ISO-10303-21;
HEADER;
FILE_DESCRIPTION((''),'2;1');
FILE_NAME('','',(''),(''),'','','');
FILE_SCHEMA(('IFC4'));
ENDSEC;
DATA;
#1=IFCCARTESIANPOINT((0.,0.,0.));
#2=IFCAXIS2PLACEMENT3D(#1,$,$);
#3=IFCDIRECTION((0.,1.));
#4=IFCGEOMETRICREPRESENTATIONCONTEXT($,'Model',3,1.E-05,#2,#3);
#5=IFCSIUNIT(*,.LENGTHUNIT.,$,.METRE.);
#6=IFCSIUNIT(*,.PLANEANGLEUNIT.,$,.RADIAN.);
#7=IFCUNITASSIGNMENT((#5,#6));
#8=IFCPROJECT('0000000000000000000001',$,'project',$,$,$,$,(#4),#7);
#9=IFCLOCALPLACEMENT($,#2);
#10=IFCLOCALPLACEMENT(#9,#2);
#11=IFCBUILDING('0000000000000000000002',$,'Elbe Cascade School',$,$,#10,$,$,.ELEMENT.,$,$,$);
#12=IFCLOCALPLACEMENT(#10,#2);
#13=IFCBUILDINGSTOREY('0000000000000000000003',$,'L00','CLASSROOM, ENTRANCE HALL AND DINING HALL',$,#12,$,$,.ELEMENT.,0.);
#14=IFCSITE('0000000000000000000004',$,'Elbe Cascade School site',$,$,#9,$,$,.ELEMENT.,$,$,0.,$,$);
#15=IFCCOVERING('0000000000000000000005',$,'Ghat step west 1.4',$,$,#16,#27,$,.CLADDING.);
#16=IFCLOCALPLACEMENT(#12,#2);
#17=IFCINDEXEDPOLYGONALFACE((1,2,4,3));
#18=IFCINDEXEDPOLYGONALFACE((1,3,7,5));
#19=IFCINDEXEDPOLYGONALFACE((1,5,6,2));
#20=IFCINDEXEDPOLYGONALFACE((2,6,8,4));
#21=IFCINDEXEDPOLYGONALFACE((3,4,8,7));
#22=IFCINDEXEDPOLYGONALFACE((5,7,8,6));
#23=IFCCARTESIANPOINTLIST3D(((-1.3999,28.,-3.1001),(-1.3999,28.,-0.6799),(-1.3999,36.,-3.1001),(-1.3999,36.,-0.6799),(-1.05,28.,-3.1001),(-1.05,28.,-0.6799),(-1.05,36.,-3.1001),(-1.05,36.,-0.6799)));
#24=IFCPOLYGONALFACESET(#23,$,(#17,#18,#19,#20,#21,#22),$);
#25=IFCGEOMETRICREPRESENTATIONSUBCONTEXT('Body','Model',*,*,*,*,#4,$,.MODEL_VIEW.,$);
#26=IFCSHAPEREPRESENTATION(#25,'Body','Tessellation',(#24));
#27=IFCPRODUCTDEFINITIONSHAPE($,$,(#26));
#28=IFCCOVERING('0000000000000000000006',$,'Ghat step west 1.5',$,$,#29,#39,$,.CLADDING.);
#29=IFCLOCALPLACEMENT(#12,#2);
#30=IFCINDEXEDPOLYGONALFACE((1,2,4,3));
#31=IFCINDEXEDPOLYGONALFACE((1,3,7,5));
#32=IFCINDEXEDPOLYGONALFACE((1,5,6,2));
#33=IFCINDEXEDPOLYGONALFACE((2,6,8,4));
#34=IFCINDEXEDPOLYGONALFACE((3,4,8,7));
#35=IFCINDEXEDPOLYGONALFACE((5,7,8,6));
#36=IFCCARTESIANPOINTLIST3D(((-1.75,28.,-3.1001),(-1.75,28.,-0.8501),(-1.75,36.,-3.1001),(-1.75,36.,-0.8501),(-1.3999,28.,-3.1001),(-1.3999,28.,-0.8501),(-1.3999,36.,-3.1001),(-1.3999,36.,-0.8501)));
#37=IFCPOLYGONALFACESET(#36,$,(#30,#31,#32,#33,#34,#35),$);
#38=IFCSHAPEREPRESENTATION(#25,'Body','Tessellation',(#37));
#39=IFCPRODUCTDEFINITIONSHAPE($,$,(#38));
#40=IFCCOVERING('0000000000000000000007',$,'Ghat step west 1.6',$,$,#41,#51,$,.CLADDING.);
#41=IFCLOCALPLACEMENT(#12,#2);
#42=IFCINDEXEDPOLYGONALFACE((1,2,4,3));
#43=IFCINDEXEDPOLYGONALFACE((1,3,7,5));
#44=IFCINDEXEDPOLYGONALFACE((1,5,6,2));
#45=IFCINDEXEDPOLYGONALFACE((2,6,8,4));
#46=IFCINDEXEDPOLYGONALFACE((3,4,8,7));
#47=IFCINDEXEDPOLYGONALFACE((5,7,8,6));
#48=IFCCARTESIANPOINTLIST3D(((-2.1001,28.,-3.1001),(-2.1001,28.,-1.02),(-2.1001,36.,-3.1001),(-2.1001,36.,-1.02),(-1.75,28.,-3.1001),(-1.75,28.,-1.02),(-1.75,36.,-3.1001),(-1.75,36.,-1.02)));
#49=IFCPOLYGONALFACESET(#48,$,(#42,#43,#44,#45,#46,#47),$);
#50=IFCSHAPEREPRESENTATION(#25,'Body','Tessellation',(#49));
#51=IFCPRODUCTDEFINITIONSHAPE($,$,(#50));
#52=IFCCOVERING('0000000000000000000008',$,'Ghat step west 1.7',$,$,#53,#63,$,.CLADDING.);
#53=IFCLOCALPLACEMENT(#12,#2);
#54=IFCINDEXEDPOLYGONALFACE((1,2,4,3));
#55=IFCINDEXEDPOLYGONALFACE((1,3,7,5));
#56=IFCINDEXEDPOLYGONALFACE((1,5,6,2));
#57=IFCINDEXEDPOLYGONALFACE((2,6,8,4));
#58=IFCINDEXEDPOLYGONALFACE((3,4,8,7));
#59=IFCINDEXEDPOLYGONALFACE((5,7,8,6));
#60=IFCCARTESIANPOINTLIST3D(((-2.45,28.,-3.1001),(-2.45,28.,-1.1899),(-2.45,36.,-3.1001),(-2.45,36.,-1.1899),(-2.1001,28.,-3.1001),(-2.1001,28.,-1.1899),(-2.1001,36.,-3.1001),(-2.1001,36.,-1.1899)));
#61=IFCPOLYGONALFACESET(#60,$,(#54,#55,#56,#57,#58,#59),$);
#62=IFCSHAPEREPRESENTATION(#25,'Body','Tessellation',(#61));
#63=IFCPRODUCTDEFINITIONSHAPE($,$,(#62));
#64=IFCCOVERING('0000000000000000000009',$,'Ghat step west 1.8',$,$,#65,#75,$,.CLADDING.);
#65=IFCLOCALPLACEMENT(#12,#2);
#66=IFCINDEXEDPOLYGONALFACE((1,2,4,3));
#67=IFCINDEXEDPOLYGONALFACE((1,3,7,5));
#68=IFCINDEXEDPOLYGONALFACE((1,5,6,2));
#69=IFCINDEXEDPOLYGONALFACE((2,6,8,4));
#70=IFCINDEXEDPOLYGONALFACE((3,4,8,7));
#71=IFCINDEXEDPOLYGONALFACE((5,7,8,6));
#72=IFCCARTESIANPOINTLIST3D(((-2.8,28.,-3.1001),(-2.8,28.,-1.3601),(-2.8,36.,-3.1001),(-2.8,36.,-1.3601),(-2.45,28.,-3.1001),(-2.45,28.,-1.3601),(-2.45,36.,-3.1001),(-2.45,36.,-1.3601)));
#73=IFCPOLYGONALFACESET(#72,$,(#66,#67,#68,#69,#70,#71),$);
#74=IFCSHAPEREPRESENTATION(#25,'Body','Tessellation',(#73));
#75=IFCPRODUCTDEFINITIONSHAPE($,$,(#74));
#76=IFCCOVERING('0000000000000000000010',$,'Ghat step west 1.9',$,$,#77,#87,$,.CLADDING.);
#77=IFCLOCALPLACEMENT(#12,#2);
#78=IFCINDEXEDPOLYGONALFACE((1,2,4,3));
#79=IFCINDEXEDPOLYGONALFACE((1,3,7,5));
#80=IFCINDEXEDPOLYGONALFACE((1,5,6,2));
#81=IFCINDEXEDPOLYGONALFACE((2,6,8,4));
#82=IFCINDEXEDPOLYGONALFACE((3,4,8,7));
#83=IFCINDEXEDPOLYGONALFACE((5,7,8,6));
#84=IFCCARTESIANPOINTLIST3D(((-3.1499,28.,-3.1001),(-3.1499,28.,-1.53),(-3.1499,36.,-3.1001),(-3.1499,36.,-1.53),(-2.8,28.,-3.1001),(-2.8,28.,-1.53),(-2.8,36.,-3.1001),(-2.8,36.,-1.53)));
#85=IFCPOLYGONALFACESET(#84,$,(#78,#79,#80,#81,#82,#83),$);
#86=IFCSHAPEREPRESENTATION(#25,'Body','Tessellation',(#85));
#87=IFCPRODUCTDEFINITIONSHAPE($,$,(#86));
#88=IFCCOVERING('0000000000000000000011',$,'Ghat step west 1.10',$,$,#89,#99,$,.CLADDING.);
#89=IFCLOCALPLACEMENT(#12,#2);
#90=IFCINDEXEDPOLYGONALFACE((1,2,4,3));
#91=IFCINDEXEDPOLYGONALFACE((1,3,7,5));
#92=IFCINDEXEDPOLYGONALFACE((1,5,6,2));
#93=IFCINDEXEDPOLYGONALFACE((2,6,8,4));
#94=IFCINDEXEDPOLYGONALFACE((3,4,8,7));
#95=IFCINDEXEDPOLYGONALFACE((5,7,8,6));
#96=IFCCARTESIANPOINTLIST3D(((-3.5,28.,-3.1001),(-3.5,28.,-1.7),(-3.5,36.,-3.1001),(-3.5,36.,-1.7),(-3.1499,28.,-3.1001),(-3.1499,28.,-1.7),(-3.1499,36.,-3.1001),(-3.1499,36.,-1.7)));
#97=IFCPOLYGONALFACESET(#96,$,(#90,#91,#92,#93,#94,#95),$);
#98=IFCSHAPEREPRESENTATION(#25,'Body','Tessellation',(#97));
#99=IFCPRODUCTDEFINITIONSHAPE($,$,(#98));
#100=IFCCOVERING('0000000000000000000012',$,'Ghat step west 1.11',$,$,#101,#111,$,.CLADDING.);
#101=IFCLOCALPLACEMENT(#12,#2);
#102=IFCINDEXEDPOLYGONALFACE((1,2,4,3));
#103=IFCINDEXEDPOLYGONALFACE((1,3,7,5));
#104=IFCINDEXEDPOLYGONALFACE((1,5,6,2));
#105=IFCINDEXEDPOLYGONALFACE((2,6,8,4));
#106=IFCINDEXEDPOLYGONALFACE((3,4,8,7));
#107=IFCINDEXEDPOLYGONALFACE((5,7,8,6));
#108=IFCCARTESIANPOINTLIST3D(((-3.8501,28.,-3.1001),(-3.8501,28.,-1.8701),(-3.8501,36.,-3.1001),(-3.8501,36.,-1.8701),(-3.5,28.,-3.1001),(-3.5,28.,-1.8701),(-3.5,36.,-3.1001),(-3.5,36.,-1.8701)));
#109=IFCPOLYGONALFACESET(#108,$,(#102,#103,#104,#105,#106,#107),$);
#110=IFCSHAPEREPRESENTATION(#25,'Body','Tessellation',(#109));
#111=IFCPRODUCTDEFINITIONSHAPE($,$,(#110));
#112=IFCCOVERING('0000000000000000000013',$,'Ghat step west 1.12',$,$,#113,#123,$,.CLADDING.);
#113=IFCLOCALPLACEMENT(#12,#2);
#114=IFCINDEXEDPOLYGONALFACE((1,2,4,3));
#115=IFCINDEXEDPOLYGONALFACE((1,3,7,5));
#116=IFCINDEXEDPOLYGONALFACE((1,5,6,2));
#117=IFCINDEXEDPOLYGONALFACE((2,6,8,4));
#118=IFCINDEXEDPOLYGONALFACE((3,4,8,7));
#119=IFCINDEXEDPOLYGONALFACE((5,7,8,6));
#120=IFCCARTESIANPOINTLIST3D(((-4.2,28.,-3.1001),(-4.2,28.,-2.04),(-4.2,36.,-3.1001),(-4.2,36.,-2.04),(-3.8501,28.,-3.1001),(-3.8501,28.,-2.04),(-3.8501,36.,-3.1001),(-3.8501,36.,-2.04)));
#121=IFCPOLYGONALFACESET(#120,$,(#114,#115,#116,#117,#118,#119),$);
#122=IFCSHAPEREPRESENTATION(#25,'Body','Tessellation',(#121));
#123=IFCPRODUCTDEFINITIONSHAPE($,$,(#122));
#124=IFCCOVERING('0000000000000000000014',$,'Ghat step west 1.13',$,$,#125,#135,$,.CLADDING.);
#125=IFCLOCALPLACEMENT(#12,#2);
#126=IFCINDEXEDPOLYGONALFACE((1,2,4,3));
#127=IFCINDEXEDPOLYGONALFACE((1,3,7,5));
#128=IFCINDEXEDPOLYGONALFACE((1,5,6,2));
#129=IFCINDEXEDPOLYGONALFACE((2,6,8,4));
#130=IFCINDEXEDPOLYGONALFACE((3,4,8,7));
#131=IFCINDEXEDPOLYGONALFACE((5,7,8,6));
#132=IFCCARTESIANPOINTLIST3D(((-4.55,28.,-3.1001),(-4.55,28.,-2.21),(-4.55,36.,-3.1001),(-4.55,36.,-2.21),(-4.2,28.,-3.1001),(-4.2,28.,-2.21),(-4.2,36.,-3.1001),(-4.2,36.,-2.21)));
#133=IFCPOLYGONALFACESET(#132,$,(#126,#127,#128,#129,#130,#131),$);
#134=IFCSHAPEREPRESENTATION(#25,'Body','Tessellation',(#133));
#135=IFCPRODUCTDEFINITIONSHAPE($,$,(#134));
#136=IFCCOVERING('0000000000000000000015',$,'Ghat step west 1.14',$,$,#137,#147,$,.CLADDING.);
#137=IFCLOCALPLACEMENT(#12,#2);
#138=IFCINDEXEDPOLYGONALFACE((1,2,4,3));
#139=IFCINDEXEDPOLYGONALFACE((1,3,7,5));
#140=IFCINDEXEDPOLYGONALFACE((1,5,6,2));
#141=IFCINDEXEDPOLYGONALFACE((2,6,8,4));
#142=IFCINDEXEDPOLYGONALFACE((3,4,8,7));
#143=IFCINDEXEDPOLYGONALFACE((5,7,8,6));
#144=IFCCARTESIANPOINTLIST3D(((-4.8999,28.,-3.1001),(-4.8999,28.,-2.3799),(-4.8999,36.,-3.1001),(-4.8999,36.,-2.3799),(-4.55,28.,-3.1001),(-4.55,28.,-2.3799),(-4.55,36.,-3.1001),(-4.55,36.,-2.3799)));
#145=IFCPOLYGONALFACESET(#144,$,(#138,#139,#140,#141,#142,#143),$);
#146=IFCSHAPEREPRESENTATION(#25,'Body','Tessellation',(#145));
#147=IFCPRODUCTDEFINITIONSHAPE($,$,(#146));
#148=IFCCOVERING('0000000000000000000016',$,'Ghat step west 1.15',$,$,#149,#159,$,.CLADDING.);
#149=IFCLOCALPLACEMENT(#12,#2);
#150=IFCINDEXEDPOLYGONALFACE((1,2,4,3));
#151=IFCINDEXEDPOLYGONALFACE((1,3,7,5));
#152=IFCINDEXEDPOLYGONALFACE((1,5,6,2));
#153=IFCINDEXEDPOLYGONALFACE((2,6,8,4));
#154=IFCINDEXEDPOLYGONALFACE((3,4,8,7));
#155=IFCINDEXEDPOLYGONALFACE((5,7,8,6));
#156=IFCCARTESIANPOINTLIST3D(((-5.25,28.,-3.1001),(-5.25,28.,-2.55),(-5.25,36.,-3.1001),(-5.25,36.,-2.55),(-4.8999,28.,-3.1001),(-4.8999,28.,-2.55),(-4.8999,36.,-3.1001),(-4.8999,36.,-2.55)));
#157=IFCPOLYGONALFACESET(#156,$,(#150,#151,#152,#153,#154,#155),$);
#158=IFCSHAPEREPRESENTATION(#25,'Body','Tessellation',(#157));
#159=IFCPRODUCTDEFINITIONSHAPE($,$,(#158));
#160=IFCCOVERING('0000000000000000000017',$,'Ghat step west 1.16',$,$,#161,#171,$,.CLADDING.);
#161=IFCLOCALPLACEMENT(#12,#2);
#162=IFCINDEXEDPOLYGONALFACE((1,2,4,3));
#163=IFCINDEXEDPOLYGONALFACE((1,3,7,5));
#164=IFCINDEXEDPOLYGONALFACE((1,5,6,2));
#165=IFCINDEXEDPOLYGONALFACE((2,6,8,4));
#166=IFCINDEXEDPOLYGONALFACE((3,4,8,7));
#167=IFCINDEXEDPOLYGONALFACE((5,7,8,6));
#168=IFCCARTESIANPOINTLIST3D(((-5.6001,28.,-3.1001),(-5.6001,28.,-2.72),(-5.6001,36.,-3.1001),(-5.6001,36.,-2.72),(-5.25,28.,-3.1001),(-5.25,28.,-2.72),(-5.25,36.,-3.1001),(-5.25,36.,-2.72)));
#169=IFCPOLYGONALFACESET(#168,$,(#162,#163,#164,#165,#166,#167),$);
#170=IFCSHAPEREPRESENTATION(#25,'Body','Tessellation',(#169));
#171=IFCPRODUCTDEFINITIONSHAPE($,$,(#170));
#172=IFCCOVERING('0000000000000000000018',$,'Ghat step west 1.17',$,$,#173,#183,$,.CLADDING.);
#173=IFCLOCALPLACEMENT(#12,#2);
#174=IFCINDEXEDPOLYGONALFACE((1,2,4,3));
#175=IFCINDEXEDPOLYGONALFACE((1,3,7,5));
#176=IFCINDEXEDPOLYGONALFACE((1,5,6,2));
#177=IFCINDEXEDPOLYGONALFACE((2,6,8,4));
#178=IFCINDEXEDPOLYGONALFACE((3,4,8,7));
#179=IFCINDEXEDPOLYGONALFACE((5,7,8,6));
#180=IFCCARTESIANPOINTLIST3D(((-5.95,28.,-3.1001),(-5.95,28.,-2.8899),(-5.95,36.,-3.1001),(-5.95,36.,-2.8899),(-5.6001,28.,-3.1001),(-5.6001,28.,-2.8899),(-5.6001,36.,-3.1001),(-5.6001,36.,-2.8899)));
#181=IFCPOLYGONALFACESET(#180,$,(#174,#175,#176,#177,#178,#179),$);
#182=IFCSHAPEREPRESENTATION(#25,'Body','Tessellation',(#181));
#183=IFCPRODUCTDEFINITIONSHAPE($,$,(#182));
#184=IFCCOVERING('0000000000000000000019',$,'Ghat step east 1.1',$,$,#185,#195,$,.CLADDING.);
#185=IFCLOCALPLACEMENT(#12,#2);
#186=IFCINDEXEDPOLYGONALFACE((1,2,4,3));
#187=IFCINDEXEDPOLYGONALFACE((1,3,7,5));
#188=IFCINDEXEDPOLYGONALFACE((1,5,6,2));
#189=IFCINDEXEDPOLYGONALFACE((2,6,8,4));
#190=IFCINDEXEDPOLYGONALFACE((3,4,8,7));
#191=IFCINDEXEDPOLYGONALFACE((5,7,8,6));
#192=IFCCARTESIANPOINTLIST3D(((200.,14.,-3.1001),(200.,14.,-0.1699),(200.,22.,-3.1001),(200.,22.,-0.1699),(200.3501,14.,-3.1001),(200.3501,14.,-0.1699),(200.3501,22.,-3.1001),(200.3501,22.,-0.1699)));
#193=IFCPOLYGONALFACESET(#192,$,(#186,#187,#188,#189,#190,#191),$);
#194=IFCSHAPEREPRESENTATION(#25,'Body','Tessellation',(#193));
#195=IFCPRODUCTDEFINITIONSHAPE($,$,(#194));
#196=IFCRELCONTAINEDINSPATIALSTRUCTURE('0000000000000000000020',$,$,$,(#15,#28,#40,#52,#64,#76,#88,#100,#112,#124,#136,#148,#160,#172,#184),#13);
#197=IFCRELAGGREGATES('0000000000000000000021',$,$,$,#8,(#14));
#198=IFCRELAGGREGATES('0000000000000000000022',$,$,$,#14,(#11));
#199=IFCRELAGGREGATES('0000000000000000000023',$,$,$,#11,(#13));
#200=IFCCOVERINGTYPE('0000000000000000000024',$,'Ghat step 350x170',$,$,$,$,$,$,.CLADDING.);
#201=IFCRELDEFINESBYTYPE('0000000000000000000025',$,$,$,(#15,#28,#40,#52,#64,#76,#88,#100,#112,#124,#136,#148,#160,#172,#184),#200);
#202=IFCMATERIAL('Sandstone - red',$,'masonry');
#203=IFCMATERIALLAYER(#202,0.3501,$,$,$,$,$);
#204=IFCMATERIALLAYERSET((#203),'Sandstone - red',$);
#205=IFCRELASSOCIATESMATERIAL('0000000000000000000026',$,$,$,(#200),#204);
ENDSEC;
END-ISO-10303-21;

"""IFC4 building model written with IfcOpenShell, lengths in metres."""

from ifc_helpers import new_model, si_unit, direction, frame, origin, place, context, subcontext, project, spatial, polyline, outline, extrude, material, layer, layer_set, type_object, element, save


model = new_model("IFC4")

# Units and contexts
model_context = context("Model", 3, precision=1e-05, world=origin(), true_north=direction((0.0, 1.0)))
body_context = subcontext(model_context, "Body", "Model", "MODEL_VIEW")
ifc_project = project(units=[si_unit("LENGTHUNIT", "METRE"), si_unit("PLANEANGLEUNIT", "RADIAN")], contexts=[model_context])

# Site, building, storey
site_placement = place(None, origin())
site = spatial("IfcSite", under=ifc_project, at=site_placement, Name="Elbe Cascade School site", CompositionType="ELEMENT", RefElevation=0.0)
building_placement = place(site_placement, origin())
building = spatial("IfcBuilding", under=site, at=building_placement, Name="Elbe Cascade School", CompositionType="ELEMENT")
storey_placement = place(building_placement, origin())
storey = spatial("IfcBuildingStorey", under=building, at=storey_placement, Name="L00", Description="CLASSROOM, ENTRANCE HALL AND DINING HALL", CompositionType="ELEMENT", Elevation=0.0)

# Coverings
ifc_material = material(Name="Sandstone - red", Category="masonry")
ifc_layer = layer(ifc_material, 0.3501)
ifc_layer_set = layer_set([ifc_layer], Name="Sandstone - red")
covering_type = type_object("IfcCoveringType", Name="Ghat step 350x170", PredefinedType="CLADDING", material=ifc_layer_set)
covering_1_placement = place(storey_placement, frame((0.0, 0.0, -3.1001)))
element("IfcCovering", 1, at=covering_1_placement, inside=storey, type_object=covering_type, Name="Ghat step west 1.4", PredefinedType="CLADDING", context=body_context, shape_type="SweptSolid", body=[
    extrude(outline(polyline([(-1.3999, 28.0), (-1.05, 28.0), (-1.05, 36.0), (-1.3999, 36.0), (-1.3999, 28.0)])), origin(), (0.0, 0.0, 1.0), 2.4202),
])
covering_2_placement = place(storey_placement, frame((0.0, 0.0, -3.1001)))
element("IfcCovering", 2, at=covering_2_placement, inside=storey, type_object=covering_type, Name="Ghat step west 1.5", PredefinedType="CLADDING", context=body_context, shape_type="SweptSolid", body=[
    extrude(outline(polyline([(-1.75, 28.0), (-1.3999, 28.0), (-1.3999, 36.0), (-1.75, 36.0), (-1.75, 28.0)])), origin(), (0.0, 0.0, 1.0), 2.25),
])
covering_3_placement = place(storey_placement, frame((0.0, 0.0, -3.1001)))
element("IfcCovering", 3, at=covering_3_placement, inside=storey, type_object=covering_type, Name="Ghat step west 1.6", PredefinedType="CLADDING", context=body_context, shape_type="SweptSolid", body=[
    extrude(outline(polyline([(-2.1001, 28.0), (-1.75, 28.0), (-1.75, 36.0), (-2.1001, 36.0), (-2.1001, 28.0)])), origin(), (0.0, 0.0, 1.0), 2.0801),
])
covering_4_placement = place(storey_placement, frame((0.0, 0.0, -3.1001)))
element("IfcCovering", 4, at=covering_4_placement, inside=storey, type_object=covering_type, Name="Ghat step west 1.7", PredefinedType="CLADDING", context=body_context, shape_type="SweptSolid", body=[
    extrude(outline(polyline([(-2.45, 28.0), (-2.1001, 28.0), (-2.1001, 36.0), (-2.45, 36.0), (-2.45, 28.0)])), origin(), (0.0, 0.0, 1.0), 1.9102),
])
covering_5_placement = place(storey_placement, frame((0.0, 0.0, -3.1001)))
element("IfcCovering", 5, at=covering_5_placement, inside=storey, type_object=covering_type, Name="Ghat step west 1.8", PredefinedType="CLADDING", context=body_context, shape_type="SweptSolid", body=[
    extrude(outline(polyline([(-2.8, 28.0), (-2.45, 28.0), (-2.45, 36.0), (-2.8, 36.0), (-2.8, 28.0)])), origin(), (0.0, 0.0, 1.0), 1.74),
])
covering_6_placement = place(storey_placement, frame((0.0, 0.0, -3.1001)))
element("IfcCovering", 6, at=covering_6_placement, inside=storey, type_object=covering_type, Name="Ghat step west 1.9", PredefinedType="CLADDING", context=body_context, shape_type="SweptSolid", body=[
    extrude(outline(polyline([(-3.1499, 28.0), (-2.8, 28.0), (-2.8, 36.0), (-3.1499, 36.0), (-3.1499, 28.0)])), origin(), (0.0, 0.0, 1.0), 1.5701),
])
covering_7_placement = place(storey_placement, frame((0.0, 0.0, -3.1001)))
element("IfcCovering", 7, at=covering_7_placement, inside=storey, type_object=covering_type, Name="Ghat step west 1.10", PredefinedType="CLADDING", context=body_context, shape_type="SweptSolid", body=[
    extrude(outline(polyline([(-3.5, 28.0), (-3.1499, 28.0), (-3.1499, 36.0), (-3.5, 36.0), (-3.5, 28.0)])), origin(), (0.0, 0.0, 1.0), 1.4001),
])
covering_8_placement = place(storey_placement, frame((0.0, 0.0, -3.1001)))
element("IfcCovering", 8, at=covering_8_placement, inside=storey, type_object=covering_type, Name="Ghat step west 1.11", PredefinedType="CLADDING", context=body_context, shape_type="SweptSolid", body=[
    extrude(outline(polyline([(-3.8501, 28.0), (-3.5, 28.0), (-3.5, 36.0), (-3.8501, 36.0), (-3.8501, 28.0)])), origin(), (0.0, 0.0, 1.0), 1.23),
])
covering_9_placement = place(storey_placement, frame((0.0, 0.0, -3.1001)))
element("IfcCovering", 9, at=covering_9_placement, inside=storey, type_object=covering_type, Name="Ghat step west 1.12", PredefinedType="CLADDING", context=body_context, shape_type="SweptSolid", body=[
    extrude(outline(polyline([(-4.2, 28.0), (-3.8501, 28.0), (-3.8501, 36.0), (-4.2, 36.0), (-4.2, 28.0)])), origin(), (0.0, 0.0, 1.0), 1.0601),
])
covering_10_placement = place(storey_placement, frame((0.0, 0.0, -3.1001)))
element("IfcCovering", 10, at=covering_10_placement, inside=storey, type_object=covering_type, Name="Ghat step west 1.13", PredefinedType="CLADDING", context=body_context, shape_type="SweptSolid", body=[
    extrude(outline(polyline([(-4.55, 28.0), (-4.2, 28.0), (-4.2, 36.0), (-4.55, 36.0), (-4.55, 28.0)])), origin(), (0.0, 0.0, 1.0), 0.8901),
])
covering_11_placement = place(storey_placement, frame((0.0, 0.0, -3.1001)))
element("IfcCovering", 11, at=covering_11_placement, inside=storey, type_object=covering_type, Name="Ghat step west 1.14", PredefinedType="CLADDING", context=body_context, shape_type="SweptSolid", body=[
    extrude(outline(polyline([(-4.8999, 28.0), (-4.55, 28.0), (-4.55, 36.0), (-4.8999, 36.0), (-4.8999, 28.0)])), origin(), (0.0, 0.0, 1.0), 0.7202),
])
covering_12_placement = place(storey_placement, frame((0.0, 0.0, -3.1001)))
element("IfcCovering", 12, at=covering_12_placement, inside=storey, type_object=covering_type, Name="Ghat step west 1.15", PredefinedType="CLADDING", context=body_context, shape_type="SweptSolid", body=[
    extrude(outline(polyline([(-5.25, 28.0), (-4.8999, 28.0), (-4.8999, 36.0), (-5.25, 36.0), (-5.25, 28.0)])), origin(), (0.0, 0.0, 1.0), 0.55),
])
covering_13_placement = place(storey_placement, frame((0.0, 0.0, -3.1001)))
element("IfcCovering", 13, at=covering_13_placement, inside=storey, type_object=covering_type, Name="Ghat step west 1.16", PredefinedType="CLADDING", context=body_context, shape_type="SweptSolid", body=[
    extrude(outline(polyline([(-5.6001, 28.0), (-5.25, 28.0), (-5.25, 36.0), (-5.6001, 36.0), (-5.6001, 28.0)])), origin(), (0.0, 0.0, 1.0), 0.3801),
])
covering_14_placement = place(storey_placement, frame((0.0, 0.0, -3.1001)))
element("IfcCovering", 14, at=covering_14_placement, inside=storey, type_object=covering_type, Name="Ghat step west 1.17", PredefinedType="CLADDING", context=body_context, shape_type="SweptSolid", body=[
    extrude(outline(polyline([(-5.95, 28.0), (-5.6001, 28.0), (-5.6001, 36.0), (-5.95, 36.0), (-5.95, 28.0)])), origin(), (0.0, 0.0, 1.0), 0.2102),
])
covering_15_placement = place(storey_placement, frame((0.0, 0.0, -3.1001)))
element("IfcCovering", 15, at=covering_15_placement, inside=storey, type_object=covering_type, Name="Ghat step east 1.1", PredefinedType="CLADDING", context=body_context, shape_type="SweptSolid", body=[
    extrude(outline(polyline([(200.0, 14.0), (200.3501, 14.0), (200.3501, 22.0), (200.0, 22.0), (200.0, 14.0)])), origin(), (0.0, 0.0, 1.0), 2.9302),
])

save(model, "model.ifc")
